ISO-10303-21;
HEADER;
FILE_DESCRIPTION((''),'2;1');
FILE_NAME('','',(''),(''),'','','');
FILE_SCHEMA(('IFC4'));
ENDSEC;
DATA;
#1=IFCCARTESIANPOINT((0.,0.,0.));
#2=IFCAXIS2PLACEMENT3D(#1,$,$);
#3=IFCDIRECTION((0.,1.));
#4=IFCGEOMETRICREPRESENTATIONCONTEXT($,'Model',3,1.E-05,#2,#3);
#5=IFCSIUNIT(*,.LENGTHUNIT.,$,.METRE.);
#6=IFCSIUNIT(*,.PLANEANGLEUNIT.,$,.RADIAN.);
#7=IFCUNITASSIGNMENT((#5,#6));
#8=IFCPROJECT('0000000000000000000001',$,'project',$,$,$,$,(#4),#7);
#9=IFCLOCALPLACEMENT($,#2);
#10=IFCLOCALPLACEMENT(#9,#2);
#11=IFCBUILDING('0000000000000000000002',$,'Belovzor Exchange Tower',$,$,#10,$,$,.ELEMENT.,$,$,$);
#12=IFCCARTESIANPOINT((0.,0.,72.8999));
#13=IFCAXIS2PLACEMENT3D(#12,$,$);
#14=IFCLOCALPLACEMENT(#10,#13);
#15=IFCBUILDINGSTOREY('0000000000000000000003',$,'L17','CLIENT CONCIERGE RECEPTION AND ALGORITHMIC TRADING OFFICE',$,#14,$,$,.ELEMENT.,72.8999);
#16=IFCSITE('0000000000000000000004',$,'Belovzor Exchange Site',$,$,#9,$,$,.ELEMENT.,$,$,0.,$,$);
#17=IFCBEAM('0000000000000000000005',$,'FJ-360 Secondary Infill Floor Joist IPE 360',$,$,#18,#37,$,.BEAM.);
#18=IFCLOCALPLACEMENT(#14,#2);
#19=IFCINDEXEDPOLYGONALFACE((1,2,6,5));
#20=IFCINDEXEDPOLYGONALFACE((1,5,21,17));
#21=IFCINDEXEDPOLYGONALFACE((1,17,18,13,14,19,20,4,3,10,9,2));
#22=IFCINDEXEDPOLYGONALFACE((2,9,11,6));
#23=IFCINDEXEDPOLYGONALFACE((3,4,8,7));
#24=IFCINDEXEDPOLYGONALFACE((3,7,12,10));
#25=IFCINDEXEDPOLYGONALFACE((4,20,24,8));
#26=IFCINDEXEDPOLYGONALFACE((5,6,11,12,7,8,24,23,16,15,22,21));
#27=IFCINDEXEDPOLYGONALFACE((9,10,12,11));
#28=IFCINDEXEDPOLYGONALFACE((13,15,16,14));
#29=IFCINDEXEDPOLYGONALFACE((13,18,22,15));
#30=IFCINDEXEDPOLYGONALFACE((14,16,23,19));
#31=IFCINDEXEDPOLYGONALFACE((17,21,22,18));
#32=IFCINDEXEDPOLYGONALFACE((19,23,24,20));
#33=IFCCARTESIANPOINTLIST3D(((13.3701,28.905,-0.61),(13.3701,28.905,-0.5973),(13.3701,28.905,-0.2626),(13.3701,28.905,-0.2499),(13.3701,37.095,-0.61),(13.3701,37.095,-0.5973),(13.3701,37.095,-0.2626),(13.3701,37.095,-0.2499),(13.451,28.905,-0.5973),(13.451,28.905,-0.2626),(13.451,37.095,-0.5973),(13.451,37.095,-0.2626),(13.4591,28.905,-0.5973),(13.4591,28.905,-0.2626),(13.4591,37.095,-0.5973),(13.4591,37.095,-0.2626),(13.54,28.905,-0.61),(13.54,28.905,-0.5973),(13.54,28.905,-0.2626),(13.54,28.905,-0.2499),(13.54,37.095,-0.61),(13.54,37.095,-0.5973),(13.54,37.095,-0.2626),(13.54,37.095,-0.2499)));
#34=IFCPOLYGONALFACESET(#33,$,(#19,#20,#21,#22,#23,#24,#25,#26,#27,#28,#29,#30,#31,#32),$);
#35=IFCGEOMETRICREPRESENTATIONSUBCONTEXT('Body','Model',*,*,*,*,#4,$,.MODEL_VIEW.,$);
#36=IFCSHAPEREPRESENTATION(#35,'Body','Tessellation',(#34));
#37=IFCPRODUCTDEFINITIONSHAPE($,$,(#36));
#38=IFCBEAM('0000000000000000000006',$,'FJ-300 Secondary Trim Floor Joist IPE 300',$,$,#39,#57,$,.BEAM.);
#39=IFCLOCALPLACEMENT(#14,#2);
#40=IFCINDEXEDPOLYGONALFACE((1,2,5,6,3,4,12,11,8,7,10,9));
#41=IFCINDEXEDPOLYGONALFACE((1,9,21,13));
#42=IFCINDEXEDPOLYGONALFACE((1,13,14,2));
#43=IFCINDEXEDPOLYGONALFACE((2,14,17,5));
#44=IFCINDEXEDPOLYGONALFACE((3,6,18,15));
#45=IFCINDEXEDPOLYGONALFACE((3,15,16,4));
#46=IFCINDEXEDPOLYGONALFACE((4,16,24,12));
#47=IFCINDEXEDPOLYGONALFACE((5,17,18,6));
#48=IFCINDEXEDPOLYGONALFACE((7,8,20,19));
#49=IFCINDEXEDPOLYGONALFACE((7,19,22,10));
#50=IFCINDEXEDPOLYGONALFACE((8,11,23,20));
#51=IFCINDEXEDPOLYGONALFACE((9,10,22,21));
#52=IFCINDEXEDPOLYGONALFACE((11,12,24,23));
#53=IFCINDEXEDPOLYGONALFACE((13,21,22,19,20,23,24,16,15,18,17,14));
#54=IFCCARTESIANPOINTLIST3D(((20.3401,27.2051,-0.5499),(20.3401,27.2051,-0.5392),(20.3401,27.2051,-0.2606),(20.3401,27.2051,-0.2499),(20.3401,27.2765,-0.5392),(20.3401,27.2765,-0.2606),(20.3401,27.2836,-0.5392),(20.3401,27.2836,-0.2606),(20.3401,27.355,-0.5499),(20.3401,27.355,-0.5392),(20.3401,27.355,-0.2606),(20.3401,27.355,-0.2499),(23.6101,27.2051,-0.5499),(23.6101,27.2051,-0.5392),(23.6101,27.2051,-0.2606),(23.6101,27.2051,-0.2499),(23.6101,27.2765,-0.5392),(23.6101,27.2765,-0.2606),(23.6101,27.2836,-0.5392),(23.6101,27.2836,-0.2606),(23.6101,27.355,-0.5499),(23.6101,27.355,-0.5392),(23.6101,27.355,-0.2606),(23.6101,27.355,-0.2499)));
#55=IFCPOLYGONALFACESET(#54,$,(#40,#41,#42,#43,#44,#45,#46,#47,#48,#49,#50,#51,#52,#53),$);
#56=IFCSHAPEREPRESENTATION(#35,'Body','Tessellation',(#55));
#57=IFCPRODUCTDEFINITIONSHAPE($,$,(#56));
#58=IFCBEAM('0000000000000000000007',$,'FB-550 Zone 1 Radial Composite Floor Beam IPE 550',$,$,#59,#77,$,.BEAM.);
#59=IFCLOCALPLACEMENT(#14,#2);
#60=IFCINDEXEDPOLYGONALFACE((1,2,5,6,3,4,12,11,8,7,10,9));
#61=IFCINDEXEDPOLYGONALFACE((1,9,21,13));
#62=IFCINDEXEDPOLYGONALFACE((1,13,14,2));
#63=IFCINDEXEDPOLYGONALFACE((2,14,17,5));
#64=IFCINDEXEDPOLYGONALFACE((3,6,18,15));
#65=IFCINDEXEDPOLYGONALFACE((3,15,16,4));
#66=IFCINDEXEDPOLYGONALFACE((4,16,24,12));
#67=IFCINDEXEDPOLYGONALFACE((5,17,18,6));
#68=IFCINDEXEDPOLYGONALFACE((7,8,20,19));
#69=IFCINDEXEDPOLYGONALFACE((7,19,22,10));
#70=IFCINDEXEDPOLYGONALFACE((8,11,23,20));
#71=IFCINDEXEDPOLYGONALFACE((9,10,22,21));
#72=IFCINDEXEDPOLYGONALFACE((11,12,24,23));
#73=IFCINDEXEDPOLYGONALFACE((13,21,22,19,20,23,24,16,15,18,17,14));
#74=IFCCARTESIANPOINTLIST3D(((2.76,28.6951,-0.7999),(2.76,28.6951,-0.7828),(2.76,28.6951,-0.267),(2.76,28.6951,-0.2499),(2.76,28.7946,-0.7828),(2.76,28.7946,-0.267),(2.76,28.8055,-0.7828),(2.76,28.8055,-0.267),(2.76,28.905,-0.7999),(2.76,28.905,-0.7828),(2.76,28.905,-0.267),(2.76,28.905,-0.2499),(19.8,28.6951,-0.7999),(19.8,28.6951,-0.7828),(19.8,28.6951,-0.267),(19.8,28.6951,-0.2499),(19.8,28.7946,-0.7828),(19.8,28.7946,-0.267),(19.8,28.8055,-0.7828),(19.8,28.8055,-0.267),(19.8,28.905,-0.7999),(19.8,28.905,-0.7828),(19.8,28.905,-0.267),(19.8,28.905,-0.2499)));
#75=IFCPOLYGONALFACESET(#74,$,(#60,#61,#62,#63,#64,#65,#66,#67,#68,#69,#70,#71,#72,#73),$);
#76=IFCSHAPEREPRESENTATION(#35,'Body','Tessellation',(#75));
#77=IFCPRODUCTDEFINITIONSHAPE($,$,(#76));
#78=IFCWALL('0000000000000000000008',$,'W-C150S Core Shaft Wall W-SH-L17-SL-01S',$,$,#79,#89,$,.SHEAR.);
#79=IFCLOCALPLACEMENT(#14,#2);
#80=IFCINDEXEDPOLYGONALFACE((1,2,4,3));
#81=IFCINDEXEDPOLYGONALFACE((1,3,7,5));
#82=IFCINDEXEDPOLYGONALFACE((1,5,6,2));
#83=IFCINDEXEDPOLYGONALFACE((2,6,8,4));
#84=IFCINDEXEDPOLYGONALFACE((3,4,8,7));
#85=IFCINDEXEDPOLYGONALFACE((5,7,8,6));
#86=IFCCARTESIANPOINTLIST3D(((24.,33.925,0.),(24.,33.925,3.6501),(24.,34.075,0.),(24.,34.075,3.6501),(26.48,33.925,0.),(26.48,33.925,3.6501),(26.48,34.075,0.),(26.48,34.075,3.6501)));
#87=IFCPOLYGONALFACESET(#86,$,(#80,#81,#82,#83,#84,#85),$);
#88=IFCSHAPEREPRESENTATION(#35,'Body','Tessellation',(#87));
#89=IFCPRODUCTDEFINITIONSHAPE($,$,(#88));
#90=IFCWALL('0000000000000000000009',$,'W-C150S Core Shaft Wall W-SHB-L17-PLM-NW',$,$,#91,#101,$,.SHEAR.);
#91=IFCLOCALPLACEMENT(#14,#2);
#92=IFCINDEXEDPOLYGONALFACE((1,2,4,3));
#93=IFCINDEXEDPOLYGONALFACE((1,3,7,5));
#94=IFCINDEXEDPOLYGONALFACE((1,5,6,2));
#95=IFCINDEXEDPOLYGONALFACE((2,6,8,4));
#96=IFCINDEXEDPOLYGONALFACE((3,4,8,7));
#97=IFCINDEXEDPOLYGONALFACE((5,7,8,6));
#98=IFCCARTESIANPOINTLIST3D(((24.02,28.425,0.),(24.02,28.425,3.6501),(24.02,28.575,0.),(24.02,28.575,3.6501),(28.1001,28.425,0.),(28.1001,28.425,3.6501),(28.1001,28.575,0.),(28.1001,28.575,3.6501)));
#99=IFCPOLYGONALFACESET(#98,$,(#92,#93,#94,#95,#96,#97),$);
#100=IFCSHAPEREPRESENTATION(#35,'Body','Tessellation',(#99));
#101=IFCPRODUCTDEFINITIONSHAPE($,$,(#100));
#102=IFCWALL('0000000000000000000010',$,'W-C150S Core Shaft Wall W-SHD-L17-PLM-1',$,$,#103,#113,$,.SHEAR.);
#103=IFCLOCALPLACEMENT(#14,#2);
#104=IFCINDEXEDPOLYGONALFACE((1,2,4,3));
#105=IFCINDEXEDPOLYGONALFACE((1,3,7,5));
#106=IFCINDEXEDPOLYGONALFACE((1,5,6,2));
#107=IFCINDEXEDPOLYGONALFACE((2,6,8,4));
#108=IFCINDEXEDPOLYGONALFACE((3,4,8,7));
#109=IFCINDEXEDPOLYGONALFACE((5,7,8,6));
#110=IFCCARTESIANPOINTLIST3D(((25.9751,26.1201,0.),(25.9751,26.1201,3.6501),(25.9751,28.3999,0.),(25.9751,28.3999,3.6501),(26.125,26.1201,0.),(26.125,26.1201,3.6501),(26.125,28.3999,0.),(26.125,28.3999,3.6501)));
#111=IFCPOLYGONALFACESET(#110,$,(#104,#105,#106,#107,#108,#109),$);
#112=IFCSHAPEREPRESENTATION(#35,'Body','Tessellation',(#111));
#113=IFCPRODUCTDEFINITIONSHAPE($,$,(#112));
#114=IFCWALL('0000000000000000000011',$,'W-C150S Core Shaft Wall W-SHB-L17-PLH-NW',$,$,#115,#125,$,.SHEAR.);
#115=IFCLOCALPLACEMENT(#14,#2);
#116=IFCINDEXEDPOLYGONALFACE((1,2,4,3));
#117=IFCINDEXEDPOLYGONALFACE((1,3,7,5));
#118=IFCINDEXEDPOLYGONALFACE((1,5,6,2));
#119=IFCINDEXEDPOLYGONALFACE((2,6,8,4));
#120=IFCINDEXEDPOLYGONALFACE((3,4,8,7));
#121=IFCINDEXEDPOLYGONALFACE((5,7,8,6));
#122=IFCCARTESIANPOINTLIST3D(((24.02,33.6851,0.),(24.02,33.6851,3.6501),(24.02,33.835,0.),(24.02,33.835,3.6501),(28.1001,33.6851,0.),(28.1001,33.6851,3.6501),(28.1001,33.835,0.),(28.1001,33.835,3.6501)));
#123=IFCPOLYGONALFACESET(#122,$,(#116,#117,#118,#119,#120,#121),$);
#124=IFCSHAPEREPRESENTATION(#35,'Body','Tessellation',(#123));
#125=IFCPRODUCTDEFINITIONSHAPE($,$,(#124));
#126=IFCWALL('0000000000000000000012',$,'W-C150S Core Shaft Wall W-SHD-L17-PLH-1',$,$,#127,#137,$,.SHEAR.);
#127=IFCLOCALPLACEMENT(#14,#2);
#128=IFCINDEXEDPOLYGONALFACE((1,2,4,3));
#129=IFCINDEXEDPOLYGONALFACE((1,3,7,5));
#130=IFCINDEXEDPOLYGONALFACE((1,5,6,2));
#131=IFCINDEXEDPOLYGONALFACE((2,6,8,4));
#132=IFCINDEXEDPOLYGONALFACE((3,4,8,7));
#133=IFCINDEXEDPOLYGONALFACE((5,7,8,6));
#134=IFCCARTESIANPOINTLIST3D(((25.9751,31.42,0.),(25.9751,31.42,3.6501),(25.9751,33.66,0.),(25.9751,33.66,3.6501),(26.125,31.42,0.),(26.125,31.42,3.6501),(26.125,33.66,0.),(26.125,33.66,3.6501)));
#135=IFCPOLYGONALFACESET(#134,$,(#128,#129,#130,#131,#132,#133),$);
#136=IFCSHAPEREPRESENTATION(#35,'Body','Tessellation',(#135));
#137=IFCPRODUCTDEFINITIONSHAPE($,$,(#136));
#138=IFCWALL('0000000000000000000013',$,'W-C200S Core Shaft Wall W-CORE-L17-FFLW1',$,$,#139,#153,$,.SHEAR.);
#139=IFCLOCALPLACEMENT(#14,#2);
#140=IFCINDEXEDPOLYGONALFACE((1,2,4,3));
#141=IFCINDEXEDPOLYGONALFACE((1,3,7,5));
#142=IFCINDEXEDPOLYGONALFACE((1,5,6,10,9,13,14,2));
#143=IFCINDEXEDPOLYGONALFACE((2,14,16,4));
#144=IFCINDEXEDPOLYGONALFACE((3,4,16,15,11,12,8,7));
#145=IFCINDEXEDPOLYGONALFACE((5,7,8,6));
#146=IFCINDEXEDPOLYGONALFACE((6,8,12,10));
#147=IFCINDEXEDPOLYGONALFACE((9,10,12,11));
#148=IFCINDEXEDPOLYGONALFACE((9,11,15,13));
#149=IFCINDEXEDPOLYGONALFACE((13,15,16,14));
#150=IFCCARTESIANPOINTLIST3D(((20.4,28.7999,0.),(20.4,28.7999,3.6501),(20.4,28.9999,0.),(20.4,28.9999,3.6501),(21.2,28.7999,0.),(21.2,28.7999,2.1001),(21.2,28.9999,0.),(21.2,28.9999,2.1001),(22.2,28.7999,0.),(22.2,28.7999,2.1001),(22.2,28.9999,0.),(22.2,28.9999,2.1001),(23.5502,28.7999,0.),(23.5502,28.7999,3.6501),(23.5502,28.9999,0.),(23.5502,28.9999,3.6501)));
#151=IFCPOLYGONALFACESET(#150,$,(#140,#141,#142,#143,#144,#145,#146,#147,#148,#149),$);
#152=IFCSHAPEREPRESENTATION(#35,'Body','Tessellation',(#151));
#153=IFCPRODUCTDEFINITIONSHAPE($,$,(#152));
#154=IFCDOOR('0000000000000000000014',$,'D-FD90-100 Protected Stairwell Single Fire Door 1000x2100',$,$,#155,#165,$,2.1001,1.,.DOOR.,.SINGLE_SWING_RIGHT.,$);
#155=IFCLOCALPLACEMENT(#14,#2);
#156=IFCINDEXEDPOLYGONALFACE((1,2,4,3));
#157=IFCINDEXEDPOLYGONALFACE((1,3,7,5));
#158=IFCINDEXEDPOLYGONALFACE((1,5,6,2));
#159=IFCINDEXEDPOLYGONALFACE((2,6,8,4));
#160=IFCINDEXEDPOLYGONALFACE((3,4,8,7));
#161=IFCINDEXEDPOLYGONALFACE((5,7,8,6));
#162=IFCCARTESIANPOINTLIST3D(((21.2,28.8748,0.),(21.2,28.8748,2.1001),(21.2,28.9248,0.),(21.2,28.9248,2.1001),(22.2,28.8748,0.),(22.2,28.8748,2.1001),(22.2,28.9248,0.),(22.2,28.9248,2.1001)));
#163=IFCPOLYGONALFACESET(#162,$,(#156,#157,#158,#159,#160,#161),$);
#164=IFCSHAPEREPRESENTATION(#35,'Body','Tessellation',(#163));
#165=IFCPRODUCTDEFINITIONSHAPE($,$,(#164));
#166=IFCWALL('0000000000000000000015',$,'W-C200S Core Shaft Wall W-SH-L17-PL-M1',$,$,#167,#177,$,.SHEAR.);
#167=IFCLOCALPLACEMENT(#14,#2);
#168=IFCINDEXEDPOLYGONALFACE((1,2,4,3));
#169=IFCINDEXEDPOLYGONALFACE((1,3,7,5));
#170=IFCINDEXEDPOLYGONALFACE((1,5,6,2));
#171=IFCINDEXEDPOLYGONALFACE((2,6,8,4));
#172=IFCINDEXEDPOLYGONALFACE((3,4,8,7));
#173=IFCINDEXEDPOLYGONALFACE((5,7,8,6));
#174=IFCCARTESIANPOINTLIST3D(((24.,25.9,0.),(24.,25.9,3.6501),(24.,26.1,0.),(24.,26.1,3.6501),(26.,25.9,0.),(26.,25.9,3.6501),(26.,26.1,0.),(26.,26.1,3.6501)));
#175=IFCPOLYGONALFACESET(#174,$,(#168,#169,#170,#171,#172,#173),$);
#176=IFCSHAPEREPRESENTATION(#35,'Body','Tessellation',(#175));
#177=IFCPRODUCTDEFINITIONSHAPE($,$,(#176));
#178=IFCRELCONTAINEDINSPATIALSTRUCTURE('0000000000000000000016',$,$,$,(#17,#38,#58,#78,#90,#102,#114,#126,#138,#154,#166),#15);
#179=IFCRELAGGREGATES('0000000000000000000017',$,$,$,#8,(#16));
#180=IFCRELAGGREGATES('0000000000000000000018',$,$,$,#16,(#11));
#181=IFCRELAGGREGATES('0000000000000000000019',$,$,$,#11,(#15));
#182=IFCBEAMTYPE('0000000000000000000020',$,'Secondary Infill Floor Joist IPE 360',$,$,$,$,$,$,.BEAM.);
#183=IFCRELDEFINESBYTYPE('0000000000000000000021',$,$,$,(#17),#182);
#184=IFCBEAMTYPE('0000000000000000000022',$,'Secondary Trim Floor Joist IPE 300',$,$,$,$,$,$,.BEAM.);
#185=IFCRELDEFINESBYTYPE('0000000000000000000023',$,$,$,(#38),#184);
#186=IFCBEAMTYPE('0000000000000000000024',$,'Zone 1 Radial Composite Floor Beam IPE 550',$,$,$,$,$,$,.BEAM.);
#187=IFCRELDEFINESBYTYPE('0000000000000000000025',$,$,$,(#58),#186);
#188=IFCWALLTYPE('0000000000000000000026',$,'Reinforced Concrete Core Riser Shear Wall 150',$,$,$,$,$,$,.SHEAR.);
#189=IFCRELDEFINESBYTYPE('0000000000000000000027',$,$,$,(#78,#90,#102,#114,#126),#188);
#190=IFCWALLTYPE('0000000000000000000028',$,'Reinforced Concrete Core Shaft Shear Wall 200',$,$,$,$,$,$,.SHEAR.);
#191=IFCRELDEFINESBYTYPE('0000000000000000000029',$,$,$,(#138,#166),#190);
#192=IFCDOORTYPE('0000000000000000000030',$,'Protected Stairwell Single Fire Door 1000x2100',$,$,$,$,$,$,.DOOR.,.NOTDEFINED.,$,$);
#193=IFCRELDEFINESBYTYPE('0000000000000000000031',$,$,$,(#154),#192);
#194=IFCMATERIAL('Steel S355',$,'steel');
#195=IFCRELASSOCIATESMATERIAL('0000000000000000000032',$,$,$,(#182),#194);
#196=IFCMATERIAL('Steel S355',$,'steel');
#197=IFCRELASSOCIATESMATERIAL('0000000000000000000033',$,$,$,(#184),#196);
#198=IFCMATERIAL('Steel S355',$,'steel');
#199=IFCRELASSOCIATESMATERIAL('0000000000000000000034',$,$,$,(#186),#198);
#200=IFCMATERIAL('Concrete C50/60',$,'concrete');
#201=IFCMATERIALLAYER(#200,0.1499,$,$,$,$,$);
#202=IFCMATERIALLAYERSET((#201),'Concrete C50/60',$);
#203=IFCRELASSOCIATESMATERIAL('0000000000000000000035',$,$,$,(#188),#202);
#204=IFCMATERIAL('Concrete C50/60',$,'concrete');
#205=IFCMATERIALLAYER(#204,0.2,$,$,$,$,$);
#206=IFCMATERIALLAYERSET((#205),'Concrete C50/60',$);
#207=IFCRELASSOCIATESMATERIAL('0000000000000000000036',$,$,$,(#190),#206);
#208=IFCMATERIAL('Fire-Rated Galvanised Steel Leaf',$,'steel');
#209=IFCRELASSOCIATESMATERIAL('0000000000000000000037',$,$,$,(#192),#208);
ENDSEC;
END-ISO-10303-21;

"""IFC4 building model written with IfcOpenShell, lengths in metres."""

from ifc_helpers import new_model, si_unit, direction, frame, frame_2d, origin, origin_2d, place, context, subcontext, project, spatial, rectangle, i_section, extrude, material, layer, layer_set, material_profile, profile_set, type_object, element, fill, save


model = new_model("IFC4")

# Units and contexts
model_context = context("Model", 3, precision=1e-05, world=origin(), true_north=direction((0.0, 1.0)))
body_context = subcontext(model_context, "Body", "Model", "MODEL_VIEW")
ifc_project = project(units=[si_unit("LENGTHUNIT", "METRE"), si_unit("PLANEANGLEUNIT", "RADIAN")], contexts=[model_context])

# Site, building, storey
site_placement = place(None, origin())
site = spatial("IfcSite", under=ifc_project, at=site_placement, Name="Belovzor Exchange Site", CompositionType="ELEMENT", RefElevation=0.0)
building_placement = place(site_placement, origin())
building = spatial("IfcBuilding", under=site, at=building_placement, Name="Belovzor Exchange Tower", CompositionType="ELEMENT")
storey_placement = place(building_placement, frame((0.0, 0.0, 72.8999)))
storey = spatial("IfcBuildingStorey", under=building, at=storey_placement, Name="L17", Description="CLIENT CONCIERGE RECEPTION AND ALGORITHMIC TRADING OFFICE", CompositionType="ELEMENT", Elevation=72.8999)

# Beams
ifc_material_1 = material(Name="Steel S355", Category="steel")
ifc_material_profile_1 = material_profile(ifc_material_1, i_section(OverallWidth=0.1699, OverallDepth=0.3601, WebThickness=0.0081, FlangeThickness=0.0127, at=origin_2d()))
ifc_profile_set_1 = profile_set([ifc_material_profile_1], Name="Steel S355")
beam_type_1 = type_object("IfcBeamType", Name="Secondary Infill Floor Joist IPE 360", PredefinedType="BEAM", material=ifc_profile_set_1)
beam_1_placement = place(storey_placement, frame((13.4551, 28.905, -0.4299), z_axis=(0.0, 1.0, 0.0), x_axis=(-1.0, 0.0, 0.0)))
element("IfcBeam", 1, at=beam_1_placement, inside=storey, type_object=beam_type_1, Name="FJ-360 Secondary Infill Floor Joist IPE 360", PredefinedType="BEAM", context=body_context, shape_type="SweptSolid", body=[
    extrude(i_section(OverallWidth=0.1699, OverallDepth=0.3601, WebThickness=0.0081, FlangeThickness=0.0127, at=origin_2d()), origin(), (0.0, 0.0, 1.0), 8.1899),
])
ifc_material_2 = material(Name="Steel S355", Category="steel")
ifc_material_profile_2 = material_profile(ifc_material_2, i_section(OverallWidth=0.1499, OverallDepth=0.3, WebThickness=0.0071, FlangeThickness=0.0107, at=origin_2d()))
ifc_profile_set_2 = profile_set([ifc_material_profile_2], Name="Steel S355")
beam_type_2 = type_object("IfcBeamType", Name="Secondary Trim Floor Joist IPE 300", PredefinedType="BEAM", material=ifc_profile_set_2)
beam_2_placement = place(storey_placement, frame((20.3401, 27.28, -0.3999), z_axis=(1.0, 0.0, 0.0), x_axis=(0.0, 1.0, 0.0)))
element("IfcBeam", 2, at=beam_2_placement, inside=storey, type_object=beam_type_2, Name="FJ-300 Secondary Trim Floor Joist IPE 300", PredefinedType="BEAM", context=body_context, shape_type="SweptSolid", body=[
    extrude(i_section(OverallWidth=0.1499, OverallDepth=0.3, WebThickness=0.0071, FlangeThickness=0.0107, at=origin_2d()), origin(), (0.0, 0.0, 1.0), 3.27),
])
ifc_material_3 = material(Name="Steel S355", Category="steel")
ifc_material_profile_3 = material_profile(ifc_material_3, i_section(OverallWidth=0.21, OverallDepth=0.55, WebThickness=0.011, FlangeThickness=0.0171, at=origin_2d()))
ifc_profile_set_3 = profile_set([ifc_material_profile_3], Name="Steel S355")
beam_type_3 = type_object("IfcBeamType", Name="Zone 1 Radial Composite Floor Beam IPE 550", PredefinedType="BEAM", material=ifc_profile_set_3)
beam_3_placement = place(storey_placement, frame((19.8, 28.8, -0.5249), z_axis=(-1.0, 0.0, 0.0), x_axis=(0.0, -1.0, 0.0)))
element("IfcBeam", 3, at=beam_3_placement, inside=storey, type_object=beam_type_3, Name="FB-550 Zone 1 Radial Composite Floor Beam IPE 550", PredefinedType="BEAM", context=body_context, shape_type="SweptSolid", body=[
    extrude(i_section(OverallWidth=0.21, OverallDepth=0.55, WebThickness=0.011, FlangeThickness=0.0171, at=origin_2d()), origin(), (0.0, 0.0, 1.0), 17.04),
])

# Walls
ifc_material_4 = material(Name="Concrete C50/60", Category="concrete")
ifc_layer_1 = layer(ifc_material_4, 0.1499)
ifc_layer_set_1 = layer_set([ifc_layer_1], Name="Concrete C50/60")
wall_type_1 = type_object("IfcWallType", Name="Reinforced Concrete Core Riser Shear Wall 150", PredefinedType="SHEAR", material=ifc_layer_set_1)
wall_1_placement = place(storey_placement, frame((24.0, 34.0, 0.0), z_axis=(0.0, 0.0, 1.0), x_axis=(1.0, 0.0, 0.0)))
element("IfcWall", 4, at=wall_1_placement, inside=storey, type_object=wall_type_1, Name="W-C150S Core Shaft Wall W-SH-L17-SL-01S", PredefinedType="SHEAR", context=body_context, shape_type="SweptSolid", body=[
    extrude(rectangle(XDim=2.48, YDim=0.1499, at=frame_2d((1.24, 0.0))), origin(), (0.0, 0.0, 1.0), 3.6501),
])
wall_2_placement = place(storey_placement, frame((24.02, 28.5, 0.0), z_axis=(0.0, 0.0, 1.0), x_axis=(1.0, 0.0, 0.0)))
element("IfcWall", 5, at=wall_2_placement, inside=storey, type_object=wall_type_1, Name="W-C150S Core Shaft Wall W-SHB-L17-PLM-NW", PredefinedType="SHEAR", context=body_context, shape_type="SweptSolid", body=[
    extrude(rectangle(XDim=4.0801, YDim=0.1499, at=frame_2d((2.04, 0.0))), origin(), (0.0, 0.0, 1.0), 3.6501),
])
wall_3_placement = place(storey_placement, frame((26.05, 26.1201, 0.0), z_axis=(0.0, 0.0, 1.0), x_axis=(0.0, 1.0, 0.0)))
element("IfcWall", 6, at=wall_3_placement, inside=storey, type_object=wall_type_1, Name="W-C150S Core Shaft Wall W-SHD-L17-PLM-1", PredefinedType="SHEAR", context=body_context, shape_type="SweptSolid", body=[
    extrude(rectangle(XDim=2.2798, YDim=0.1499, at=frame_2d((1.1399, 0.0))), origin(), (0.0, 0.0, 1.0), 3.6501),
])
wall_4_placement = place(storey_placement, frame((24.02, 33.76, 0.0), z_axis=(0.0, 0.0, 1.0), x_axis=(1.0, 0.0, 0.0)))
element("IfcWall", 7, at=wall_4_placement, inside=storey, type_object=wall_type_1, Name="W-C150S Core Shaft Wall W-SHB-L17-PLH-NW", PredefinedType="SHEAR", context=body_context, shape_type="SweptSolid", body=[
    extrude(rectangle(XDim=4.0801, YDim=0.1499, at=frame_2d((2.04, 0.0))), origin(), (0.0, 0.0, 1.0), 3.6501),
])
wall_5_placement = place(storey_placement, frame((26.05, 31.4199, 0.0), z_axis=(0.0, 0.0, 1.0), x_axis=(0.0, 1.0, 0.0)))
element("IfcWall", 8, at=wall_5_placement, inside=storey, type_object=wall_type_1, Name="W-C150S Core Shaft Wall W-SHD-L17-PLH-1", PredefinedType="SHEAR", context=body_context, shape_type="SweptSolid", body=[
    extrude(rectangle(XDim=2.24, YDim=0.1499, at=frame_2d((1.1201, 0.0))), origin(), (0.0, 0.0, 1.0), 3.6501),
])

# Wall, opening, door
ifc_material_5 = material(Name="Concrete C50/60", Category="concrete")
ifc_layer_2 = layer(ifc_material_5, 0.2)
ifc_layer_set_2 = layer_set([ifc_layer_2], Name="Concrete C50/60")
wall_type_2 = type_object("IfcWallType", Name="Reinforced Concrete Core Shaft Shear Wall 200", PredefinedType="SHEAR", material=ifc_layer_set_2)
wall_6_placement = place(storey_placement, frame((20.3999, 28.8999, 0.0), z_axis=(0.0, 0.0, 1.0), x_axis=(1.0, 0.0, 0.0)))
wall_6 = element("IfcWall", 9, at=wall_6_placement, inside=storey, type_object=wall_type_2, Name="W-C200S Core Shaft Wall W-CORE-L17-FFLW1", PredefinedType="SHEAR", context=body_context, shape_type="SweptSolid", body=[
    extrude(rectangle(XDim=3.1501, YDim=0.2, at=frame_2d((1.5752, 0.0))), origin(), (0.0, 0.0, 1.0), 3.6501),
])
opening_1_placement = place(wall_6_placement, frame((0.8, 0.0, 0.0)))
opening_1 = element("IfcOpeningElement", 10, at=opening_1_placement, cuts=wall_6, PredefinedType="OPENING", context=body_context, shape_type="SweptSolid", body=[
    extrude(rectangle(XDim=1.0, YDim=2.1001, at=frame_2d((0.5, 1.05))), frame((0.0, 0.1099, 0.0), z_axis=(0.0, -1.0, 0.0), x_axis=(1.0, 0.0, 0.0)), (0.0, 0.0, 1.0), 0.22),
])
ifc_material_6 = material(Name="Fire-Rated Galvanised Steel Leaf", Category="steel")
door_type_1 = type_object("IfcDoorType", Name="Protected Stairwell Single Fire Door 1000x2100", OperationType="NOTDEFINED", PredefinedType="DOOR", material=ifc_material_6)
door_1_placement = place(opening_1_placement, origin())
door_1 = element("IfcDoor", 11, at=door_1_placement, inside=storey, type_object=door_type_1, Name="D-FD90-100 Protected Stairwell Single Fire Door 1000x2100", OperationType="SINGLE_SWING_RIGHT", OverallHeight=2.1001, OverallWidth=1.0, PredefinedType="DOOR", context=body_context, shape_type="SweptSolid", body=[
    extrude(rectangle(XDim=1.0, YDim=2.1001, at=frame_2d((0.5, 1.05))), frame((0.0, 0.0249, 0.0), z_axis=(0.0, -1.0, 0.0), x_axis=(1.0, 0.0, 0.0)), (0.0, 0.0, 1.0), 0.05),
])
fill(opening_1, door_1)

# Wall
for number, where, z_axis, x_axis, name in (
    (12, (24.0, 26.0, 0.0), (0.0, 0.0, 1.0), (1.0, 0.0, 0.0), "W-C200S Core Shaft Wall W-SH-L17-PL-M1"),
):
    element("IfcWall", number, at=place(storey_placement, frame(where, z_axis=z_axis, x_axis=x_axis)), inside=storey, type_object=wall_type_2, Name=name, PredefinedType="SHEAR", context=body_context, shape_type="SweptSolid", body=[
        extrude(rectangle(XDim=2.0, YDim=0.2, at=frame_2d((1.0, 0.0))), origin(), (0.0, 0.0, 1.0), 3.6501),
    ])

save(model, "model.ifc")
